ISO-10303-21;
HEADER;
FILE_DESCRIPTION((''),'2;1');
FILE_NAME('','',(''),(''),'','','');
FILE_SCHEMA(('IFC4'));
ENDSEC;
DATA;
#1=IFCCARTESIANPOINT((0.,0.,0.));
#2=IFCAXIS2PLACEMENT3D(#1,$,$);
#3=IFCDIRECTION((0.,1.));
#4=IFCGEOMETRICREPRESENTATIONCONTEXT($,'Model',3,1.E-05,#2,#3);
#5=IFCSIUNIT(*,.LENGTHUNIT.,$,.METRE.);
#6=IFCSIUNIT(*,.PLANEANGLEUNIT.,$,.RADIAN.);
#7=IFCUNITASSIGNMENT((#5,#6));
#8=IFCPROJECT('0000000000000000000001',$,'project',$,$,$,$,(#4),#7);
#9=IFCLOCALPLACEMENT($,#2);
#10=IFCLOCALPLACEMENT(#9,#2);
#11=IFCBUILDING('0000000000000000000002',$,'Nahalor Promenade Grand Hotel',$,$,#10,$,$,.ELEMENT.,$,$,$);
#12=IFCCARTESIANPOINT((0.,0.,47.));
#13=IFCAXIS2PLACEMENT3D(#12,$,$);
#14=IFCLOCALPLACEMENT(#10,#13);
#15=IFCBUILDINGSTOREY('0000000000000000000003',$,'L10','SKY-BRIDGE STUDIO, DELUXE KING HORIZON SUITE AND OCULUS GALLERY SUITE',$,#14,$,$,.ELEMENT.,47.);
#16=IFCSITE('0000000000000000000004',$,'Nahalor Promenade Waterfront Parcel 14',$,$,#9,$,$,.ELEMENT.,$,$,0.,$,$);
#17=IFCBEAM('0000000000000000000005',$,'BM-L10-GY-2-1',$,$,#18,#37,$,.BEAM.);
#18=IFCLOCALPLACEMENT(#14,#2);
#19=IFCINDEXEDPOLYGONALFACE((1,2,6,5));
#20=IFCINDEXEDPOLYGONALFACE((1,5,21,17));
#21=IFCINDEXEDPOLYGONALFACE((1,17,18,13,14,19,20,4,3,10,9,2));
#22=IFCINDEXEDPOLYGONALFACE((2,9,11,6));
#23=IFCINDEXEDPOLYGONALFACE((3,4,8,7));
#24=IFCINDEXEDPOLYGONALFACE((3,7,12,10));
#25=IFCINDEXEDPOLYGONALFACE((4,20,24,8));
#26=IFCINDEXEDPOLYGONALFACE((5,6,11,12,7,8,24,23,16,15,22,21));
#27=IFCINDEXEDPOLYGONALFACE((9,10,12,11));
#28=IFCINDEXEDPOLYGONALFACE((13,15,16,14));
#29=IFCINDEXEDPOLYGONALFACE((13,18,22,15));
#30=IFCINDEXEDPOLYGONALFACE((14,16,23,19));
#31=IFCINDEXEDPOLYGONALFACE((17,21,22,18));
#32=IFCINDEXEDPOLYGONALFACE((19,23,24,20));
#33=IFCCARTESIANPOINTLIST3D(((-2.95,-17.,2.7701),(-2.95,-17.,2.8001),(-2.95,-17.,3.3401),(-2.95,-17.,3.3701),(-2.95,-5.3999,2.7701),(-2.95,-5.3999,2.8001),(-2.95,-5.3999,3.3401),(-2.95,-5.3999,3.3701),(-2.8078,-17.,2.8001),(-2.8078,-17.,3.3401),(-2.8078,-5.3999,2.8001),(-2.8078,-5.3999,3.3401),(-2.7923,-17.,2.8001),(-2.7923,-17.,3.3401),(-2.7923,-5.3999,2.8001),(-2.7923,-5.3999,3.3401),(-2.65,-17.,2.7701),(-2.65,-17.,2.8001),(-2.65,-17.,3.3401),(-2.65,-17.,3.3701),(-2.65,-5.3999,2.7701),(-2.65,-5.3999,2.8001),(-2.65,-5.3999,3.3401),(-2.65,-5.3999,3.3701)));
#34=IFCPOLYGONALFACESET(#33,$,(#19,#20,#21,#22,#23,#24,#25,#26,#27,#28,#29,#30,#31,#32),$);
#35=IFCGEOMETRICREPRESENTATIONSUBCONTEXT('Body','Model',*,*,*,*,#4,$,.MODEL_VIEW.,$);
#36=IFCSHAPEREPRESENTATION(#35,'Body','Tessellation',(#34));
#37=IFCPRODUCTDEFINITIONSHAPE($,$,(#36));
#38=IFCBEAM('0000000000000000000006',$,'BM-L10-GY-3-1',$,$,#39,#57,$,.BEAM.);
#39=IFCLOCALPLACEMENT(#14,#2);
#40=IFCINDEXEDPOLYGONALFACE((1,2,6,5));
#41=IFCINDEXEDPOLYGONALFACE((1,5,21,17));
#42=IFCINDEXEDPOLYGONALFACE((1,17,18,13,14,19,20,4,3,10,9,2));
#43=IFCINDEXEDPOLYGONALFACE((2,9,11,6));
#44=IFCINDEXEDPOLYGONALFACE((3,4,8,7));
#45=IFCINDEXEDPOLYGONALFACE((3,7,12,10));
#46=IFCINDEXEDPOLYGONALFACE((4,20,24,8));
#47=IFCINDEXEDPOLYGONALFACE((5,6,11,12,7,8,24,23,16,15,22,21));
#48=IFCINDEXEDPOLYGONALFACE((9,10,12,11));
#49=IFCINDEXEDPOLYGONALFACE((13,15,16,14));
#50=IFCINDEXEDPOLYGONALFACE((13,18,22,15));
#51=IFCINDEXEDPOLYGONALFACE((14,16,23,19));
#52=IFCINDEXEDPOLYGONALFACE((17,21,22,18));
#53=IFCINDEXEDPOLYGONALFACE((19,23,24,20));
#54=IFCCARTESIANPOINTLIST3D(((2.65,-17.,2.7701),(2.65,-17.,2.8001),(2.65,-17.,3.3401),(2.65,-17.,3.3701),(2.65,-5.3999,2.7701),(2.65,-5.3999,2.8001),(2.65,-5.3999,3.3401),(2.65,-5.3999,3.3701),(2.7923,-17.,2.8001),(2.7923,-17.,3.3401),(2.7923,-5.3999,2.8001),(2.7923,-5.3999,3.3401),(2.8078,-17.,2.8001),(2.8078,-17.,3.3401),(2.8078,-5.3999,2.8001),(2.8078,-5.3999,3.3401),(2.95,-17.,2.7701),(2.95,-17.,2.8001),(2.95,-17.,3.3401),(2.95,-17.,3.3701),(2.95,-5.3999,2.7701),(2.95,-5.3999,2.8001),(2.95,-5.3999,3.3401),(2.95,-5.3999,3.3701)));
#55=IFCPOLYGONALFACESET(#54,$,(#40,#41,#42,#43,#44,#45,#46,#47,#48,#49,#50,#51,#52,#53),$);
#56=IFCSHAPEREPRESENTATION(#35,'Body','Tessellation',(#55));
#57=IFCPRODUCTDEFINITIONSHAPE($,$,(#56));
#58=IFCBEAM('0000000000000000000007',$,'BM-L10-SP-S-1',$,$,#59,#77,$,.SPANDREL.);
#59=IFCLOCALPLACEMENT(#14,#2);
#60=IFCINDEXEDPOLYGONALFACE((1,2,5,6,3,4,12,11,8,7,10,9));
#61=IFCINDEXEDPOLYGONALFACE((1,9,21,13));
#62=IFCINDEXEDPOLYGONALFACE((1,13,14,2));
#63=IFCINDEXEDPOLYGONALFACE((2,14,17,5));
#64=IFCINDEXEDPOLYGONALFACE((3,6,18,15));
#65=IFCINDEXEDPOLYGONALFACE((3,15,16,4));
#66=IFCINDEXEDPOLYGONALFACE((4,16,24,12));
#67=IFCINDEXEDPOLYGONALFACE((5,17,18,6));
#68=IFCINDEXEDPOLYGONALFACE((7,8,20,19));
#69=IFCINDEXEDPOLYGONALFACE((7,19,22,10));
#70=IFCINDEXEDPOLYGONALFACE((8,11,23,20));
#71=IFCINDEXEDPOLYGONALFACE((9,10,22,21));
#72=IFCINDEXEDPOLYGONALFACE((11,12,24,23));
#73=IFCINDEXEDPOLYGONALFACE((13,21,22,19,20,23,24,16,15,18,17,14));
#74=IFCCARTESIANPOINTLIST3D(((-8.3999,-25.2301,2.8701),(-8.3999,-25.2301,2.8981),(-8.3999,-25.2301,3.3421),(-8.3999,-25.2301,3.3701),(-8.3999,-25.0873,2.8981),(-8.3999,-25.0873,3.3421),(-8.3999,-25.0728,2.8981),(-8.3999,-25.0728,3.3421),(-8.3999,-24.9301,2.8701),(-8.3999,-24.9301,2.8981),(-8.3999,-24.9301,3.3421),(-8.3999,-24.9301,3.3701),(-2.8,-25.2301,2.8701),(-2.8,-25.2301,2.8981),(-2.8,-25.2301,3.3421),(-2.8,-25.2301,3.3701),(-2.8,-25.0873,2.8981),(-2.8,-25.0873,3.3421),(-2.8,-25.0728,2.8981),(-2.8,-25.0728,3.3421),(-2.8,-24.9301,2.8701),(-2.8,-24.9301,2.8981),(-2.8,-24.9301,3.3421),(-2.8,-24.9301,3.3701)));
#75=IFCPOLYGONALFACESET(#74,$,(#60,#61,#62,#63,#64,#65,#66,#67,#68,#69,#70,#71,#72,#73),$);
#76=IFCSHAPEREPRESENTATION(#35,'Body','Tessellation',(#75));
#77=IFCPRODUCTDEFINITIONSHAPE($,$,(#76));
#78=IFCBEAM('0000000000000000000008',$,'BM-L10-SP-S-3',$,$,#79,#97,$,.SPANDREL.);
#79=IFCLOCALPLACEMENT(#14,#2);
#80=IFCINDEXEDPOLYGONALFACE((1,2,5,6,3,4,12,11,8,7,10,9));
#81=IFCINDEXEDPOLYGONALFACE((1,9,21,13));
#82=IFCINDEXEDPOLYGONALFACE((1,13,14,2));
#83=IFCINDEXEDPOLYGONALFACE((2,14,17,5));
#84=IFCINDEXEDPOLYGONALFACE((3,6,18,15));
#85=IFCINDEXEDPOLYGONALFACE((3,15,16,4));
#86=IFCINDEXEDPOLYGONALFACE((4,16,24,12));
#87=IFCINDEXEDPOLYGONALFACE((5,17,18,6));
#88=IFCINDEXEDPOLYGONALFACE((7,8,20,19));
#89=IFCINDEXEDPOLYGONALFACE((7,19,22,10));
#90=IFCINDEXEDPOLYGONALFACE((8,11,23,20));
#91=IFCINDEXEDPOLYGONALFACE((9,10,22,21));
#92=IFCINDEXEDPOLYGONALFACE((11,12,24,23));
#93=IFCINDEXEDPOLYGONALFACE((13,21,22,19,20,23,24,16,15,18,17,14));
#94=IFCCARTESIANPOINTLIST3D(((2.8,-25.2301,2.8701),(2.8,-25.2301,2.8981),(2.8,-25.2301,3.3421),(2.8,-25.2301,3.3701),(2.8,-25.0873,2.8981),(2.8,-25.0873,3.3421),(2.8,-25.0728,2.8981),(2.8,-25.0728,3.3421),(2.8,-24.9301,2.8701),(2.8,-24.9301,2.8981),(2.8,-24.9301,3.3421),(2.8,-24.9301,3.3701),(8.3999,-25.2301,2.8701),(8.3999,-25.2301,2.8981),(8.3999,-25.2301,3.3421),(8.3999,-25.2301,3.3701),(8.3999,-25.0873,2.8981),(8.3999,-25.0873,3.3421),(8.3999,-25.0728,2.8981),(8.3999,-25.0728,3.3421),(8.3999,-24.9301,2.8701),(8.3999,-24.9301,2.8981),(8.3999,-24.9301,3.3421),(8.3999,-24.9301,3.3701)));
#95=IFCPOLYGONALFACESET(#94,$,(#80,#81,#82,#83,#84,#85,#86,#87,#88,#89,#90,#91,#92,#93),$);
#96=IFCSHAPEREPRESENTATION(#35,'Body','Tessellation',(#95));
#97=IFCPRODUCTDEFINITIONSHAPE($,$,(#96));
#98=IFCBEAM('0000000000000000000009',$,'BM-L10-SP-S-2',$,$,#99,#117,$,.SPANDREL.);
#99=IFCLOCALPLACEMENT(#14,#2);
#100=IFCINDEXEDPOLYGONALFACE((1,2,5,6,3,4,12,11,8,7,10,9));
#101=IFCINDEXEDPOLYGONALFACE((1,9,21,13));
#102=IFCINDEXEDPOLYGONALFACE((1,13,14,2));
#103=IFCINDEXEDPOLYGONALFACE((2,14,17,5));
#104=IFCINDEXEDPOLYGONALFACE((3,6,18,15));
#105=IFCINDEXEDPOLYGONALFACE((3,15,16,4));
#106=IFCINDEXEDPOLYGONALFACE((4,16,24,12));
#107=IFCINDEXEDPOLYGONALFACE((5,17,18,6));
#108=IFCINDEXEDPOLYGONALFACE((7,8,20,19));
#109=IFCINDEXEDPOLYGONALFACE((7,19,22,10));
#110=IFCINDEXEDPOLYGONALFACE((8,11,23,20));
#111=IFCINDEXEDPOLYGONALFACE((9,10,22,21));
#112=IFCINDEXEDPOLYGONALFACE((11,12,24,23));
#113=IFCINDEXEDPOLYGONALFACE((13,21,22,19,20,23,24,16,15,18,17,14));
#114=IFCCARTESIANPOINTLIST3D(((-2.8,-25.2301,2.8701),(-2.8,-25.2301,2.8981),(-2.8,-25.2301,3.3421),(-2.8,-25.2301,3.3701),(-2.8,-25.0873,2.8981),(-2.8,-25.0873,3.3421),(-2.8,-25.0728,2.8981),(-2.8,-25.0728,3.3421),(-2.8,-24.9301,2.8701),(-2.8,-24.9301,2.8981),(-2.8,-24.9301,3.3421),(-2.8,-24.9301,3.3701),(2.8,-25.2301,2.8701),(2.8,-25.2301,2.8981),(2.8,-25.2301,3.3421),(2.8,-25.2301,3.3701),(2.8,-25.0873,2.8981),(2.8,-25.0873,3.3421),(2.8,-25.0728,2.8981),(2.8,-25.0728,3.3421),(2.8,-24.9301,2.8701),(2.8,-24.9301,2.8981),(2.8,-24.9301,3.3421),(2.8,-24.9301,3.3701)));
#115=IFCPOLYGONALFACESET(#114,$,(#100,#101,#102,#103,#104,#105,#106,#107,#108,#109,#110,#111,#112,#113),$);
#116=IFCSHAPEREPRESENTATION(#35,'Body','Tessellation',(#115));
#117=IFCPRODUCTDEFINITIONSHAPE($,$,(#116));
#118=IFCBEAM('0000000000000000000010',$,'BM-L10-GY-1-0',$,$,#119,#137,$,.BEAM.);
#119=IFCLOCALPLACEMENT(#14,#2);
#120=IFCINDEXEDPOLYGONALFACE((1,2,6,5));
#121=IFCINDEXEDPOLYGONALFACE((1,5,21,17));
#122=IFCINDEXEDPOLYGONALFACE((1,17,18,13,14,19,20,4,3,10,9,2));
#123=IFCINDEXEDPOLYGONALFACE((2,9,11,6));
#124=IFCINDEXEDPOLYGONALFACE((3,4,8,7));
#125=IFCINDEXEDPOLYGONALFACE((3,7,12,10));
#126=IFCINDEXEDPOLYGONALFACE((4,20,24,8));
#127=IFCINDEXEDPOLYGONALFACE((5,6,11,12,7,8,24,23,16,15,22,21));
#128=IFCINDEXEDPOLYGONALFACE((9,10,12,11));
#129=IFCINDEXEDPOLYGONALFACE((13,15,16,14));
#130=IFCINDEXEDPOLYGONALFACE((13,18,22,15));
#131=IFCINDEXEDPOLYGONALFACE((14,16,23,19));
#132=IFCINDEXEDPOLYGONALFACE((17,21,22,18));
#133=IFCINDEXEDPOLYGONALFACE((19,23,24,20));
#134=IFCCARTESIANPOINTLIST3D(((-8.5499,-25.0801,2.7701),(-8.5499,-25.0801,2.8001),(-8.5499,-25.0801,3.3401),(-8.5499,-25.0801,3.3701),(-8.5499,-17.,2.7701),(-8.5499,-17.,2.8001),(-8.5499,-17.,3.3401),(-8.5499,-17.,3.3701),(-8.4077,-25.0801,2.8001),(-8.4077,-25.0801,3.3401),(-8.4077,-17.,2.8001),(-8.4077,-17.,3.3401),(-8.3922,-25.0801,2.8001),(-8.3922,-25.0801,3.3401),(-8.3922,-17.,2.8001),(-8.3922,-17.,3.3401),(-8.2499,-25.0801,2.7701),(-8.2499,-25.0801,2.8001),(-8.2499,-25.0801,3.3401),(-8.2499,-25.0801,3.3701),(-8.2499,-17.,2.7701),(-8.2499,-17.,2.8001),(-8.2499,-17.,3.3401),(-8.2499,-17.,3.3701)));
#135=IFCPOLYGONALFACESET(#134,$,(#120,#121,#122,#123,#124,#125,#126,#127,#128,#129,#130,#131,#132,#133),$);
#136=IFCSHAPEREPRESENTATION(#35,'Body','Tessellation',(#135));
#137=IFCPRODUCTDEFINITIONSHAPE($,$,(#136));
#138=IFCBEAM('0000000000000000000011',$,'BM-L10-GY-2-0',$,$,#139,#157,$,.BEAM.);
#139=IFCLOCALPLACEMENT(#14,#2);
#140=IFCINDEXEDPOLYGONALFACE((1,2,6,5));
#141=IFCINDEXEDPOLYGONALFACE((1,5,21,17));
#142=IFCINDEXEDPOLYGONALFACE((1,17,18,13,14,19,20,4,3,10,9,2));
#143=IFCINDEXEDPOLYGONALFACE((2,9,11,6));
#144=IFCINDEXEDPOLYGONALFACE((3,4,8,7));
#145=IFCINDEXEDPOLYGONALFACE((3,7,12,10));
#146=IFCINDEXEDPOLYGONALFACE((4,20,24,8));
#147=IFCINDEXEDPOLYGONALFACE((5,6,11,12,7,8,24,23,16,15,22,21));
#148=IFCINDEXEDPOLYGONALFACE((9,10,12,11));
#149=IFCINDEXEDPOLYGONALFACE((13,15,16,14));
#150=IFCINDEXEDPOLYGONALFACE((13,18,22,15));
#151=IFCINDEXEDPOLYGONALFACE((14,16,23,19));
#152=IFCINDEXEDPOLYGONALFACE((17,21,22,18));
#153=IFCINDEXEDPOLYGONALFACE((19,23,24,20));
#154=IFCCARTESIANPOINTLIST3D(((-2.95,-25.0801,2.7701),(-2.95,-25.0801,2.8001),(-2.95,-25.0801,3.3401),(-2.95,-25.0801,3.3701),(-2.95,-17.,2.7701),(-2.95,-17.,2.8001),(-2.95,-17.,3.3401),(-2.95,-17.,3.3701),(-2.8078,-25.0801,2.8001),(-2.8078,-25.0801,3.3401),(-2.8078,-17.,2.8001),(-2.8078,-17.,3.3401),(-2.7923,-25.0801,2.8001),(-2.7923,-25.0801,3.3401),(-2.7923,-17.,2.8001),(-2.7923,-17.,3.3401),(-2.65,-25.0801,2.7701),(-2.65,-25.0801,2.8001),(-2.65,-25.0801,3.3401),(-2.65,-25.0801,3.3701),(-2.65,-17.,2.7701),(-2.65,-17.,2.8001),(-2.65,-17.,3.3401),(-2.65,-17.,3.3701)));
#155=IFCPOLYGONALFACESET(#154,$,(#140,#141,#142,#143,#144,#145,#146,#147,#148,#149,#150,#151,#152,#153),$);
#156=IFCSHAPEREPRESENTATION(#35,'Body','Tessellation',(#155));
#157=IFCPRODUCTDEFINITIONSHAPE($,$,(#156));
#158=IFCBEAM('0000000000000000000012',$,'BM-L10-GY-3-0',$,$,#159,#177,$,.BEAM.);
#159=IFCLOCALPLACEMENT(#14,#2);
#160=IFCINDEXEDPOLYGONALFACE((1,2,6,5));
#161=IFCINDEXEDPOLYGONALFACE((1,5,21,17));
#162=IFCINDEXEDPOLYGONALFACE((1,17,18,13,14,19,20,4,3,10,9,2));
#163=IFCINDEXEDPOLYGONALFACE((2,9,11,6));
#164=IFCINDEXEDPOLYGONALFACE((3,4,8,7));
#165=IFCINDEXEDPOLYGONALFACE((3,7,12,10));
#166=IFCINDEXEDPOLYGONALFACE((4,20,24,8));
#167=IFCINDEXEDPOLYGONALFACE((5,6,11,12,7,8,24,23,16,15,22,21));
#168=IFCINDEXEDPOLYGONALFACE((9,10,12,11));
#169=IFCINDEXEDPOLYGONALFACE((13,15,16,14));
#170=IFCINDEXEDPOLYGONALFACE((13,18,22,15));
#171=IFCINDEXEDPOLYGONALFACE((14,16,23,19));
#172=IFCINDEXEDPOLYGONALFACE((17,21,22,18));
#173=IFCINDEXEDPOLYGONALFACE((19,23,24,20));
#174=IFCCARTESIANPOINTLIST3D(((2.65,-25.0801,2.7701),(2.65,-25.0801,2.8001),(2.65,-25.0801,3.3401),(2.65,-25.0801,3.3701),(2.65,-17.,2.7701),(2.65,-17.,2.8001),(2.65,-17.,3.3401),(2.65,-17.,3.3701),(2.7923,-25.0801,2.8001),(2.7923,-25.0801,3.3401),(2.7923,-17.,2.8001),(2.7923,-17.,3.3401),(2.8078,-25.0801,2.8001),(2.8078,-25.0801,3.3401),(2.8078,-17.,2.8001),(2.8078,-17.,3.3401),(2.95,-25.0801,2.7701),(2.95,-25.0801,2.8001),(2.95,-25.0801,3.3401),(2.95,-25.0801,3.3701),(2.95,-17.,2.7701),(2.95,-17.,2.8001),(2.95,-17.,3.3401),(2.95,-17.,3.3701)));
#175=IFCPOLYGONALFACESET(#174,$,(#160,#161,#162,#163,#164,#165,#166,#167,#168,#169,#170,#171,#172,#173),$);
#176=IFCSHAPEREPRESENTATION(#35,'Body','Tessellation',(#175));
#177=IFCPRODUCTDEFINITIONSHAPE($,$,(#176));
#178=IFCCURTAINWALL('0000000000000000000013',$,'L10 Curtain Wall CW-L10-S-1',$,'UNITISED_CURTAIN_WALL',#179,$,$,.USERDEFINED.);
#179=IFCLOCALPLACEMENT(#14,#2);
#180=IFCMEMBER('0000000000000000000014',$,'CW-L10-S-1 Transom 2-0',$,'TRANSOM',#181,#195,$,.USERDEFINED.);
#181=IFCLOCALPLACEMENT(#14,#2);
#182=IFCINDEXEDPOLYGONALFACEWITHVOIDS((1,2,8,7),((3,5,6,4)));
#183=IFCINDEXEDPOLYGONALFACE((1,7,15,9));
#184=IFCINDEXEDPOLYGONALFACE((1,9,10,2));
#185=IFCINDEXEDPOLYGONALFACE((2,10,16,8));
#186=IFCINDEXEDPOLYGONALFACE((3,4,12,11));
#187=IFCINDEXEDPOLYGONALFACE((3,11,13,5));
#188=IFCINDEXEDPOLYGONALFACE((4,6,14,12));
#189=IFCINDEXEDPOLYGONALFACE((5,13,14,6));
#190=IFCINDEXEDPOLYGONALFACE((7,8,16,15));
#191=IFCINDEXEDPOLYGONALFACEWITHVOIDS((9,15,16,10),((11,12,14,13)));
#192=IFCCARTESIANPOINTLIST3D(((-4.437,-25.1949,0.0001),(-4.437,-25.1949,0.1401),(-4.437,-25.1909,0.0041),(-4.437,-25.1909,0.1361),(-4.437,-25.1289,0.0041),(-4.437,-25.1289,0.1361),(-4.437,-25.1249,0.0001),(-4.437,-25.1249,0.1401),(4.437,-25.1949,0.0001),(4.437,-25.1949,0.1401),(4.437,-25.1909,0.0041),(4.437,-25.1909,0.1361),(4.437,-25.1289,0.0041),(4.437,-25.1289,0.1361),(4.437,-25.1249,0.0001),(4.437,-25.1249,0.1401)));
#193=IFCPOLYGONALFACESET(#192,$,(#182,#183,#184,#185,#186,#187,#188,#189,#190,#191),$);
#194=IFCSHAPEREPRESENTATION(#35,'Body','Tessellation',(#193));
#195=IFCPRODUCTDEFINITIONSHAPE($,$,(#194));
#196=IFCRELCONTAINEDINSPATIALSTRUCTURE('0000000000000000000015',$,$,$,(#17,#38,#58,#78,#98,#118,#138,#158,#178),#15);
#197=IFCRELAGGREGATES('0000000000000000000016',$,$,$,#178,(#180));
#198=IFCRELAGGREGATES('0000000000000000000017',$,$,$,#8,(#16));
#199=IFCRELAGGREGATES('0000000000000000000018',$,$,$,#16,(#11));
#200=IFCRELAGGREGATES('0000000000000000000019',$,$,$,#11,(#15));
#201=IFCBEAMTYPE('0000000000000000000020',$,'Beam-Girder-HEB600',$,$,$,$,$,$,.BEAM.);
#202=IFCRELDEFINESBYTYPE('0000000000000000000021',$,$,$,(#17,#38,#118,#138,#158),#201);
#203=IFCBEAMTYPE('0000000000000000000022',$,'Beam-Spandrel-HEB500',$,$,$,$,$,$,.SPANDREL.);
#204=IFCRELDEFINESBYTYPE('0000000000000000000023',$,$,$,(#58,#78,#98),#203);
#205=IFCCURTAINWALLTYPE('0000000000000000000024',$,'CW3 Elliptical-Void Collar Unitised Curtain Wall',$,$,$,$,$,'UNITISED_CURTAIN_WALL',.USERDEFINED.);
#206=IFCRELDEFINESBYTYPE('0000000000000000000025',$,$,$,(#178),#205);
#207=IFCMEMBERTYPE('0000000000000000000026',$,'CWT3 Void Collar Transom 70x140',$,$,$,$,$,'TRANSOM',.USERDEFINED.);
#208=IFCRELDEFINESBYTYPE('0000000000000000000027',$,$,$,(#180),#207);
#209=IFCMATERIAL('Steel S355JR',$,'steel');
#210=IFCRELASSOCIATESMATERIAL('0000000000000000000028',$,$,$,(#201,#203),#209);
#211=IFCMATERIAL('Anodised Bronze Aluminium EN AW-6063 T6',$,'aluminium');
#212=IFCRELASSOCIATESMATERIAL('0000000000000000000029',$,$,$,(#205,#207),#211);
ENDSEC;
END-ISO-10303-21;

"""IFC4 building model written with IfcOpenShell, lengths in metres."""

from ifc_helpers import new_model, si_unit, direction, frame, origin, origin_2d, place, context, subcontext, project, spatial, hollow_rectangle, i_section, extrude, source, transform, mapped, material, material_profile, profile_set, type_object, element, aggregate, save


model = new_model("IFC4")

# Units and contexts
model_context = context("Model", 3, precision=1e-05, world=origin(), true_north=direction((0.0, 1.0)))
body_context = subcontext(model_context, "Body", "Model", "MODEL_VIEW")
ifc_project = project(units=[si_unit("LENGTHUNIT", "METRE"), si_unit("PLANEANGLEUNIT", "RADIAN")], contexts=[model_context])

# Site, building, storey
site_placement = place(None, origin())
site = spatial("IfcSite", under=ifc_project, at=site_placement, Name="Nahalor Promenade Waterfront Parcel 14", CompositionType="ELEMENT", RefElevation=0.0)
building_placement = place(site_placement, origin())
building = spatial("IfcBuilding", under=site, at=building_placement, Name="Nahalor Promenade Grand Hotel", CompositionType="ELEMENT")
storey_placement = place(building_placement, frame((0.0, 0.0, 47.0)))
storey = spatial("IfcBuildingStorey", under=building, at=storey_placement, Name="L10", Description="SKY-BRIDGE STUDIO, DELUXE KING HORIZON SUITE AND OCULUS GALLERY SUITE", CompositionType="ELEMENT", Elevation=47.0)

# Beams
ifc_material_1 = material(Name="Steel S355JR", Category="steel")
ifc_material_profile_1 = material_profile(ifc_material_1, i_section(OverallWidth=0.3, OverallDepth=0.6, WebThickness=0.0155, FlangeThickness=0.03, at=origin_2d()), Name="HEB 600")
ifc_profile_set_1 = profile_set([ifc_material_profile_1], Name="Steel S355JR")
beam_type_1 = type_object("IfcBeamType", Name="Beam-Girder-HEB600", PredefinedType="BEAM", material=ifc_profile_set_1)
shared_shape_1 = source(origin(), body_context, "Body", "SweptSolid", [
    extrude(i_section(OverallWidth=0.3, OverallDepth=0.6, WebThickness=0.0155, FlangeThickness=0.03, at=origin_2d()), origin(), (0.0, 0.0, 1.0), 11.6001),
])
for number, where, z_axis, x_axis, name in (
    (1, (-2.8, -17.0, 3.0701), (0.0, 1.0, 0.0), (-1.0, 0.0, 0.0), "BM-L10-GY-2-1"),
    (2, (2.8, -17.0, 3.0701), (0.0, 1.0, 0.0), (-1.0, 0.0, 0.0), "BM-L10-GY-3-1"),
):
    element("IfcBeam", number, at=place(storey_placement, frame(where, z_axis=z_axis, x_axis=x_axis)), inside=storey, type_object=beam_type_1, Name=name, PredefinedType="BEAM", context=body_context, shape_type="MappedRepresentation", body=[
        mapped(shared_shape_1, transform((0.0, 0.0, 0.0), scale=1.0)),
    ])
ifc_material_profile_2 = material_profile(ifc_material_1, i_section(OverallWidth=0.3, OverallDepth=0.5, WebThickness=0.0145, FlangeThickness=0.028, at=origin_2d()), Name="HEB 500")
ifc_profile_set_2 = profile_set([ifc_material_profile_2], Name="Steel S355JR")
beam_type_2 = type_object("IfcBeamType", Name="Beam-Spandrel-HEB500", PredefinedType="SPANDREL", material=ifc_profile_set_2)
shared_shape_2 = source(origin(), body_context, "Body", "SweptSolid", [
    extrude(i_section(OverallWidth=0.3, OverallDepth=0.5, WebThickness=0.0145, FlangeThickness=0.028, at=origin_2d()), origin(), (0.0, 0.0, 1.0), 5.5999),
])
for number, where, z_axis, x_axis, name in (
    (3, (-8.3999, -25.0801, 3.1201), (1.0, 0.0, 0.0), (0.0, 1.0, 0.0), "BM-L10-SP-S-1"),
    (4, (2.8, -25.0801, 3.1201), (1.0, 0.0, 0.0), (0.0, 1.0, 0.0), "BM-L10-SP-S-3"),
):
    element("IfcBeam", number, at=place(storey_placement, frame(where, z_axis=z_axis, x_axis=x_axis)), inside=storey, type_object=beam_type_2, Name=name, PredefinedType="SPANDREL", context=body_context, shape_type="MappedRepresentation", body=[
        mapped(shared_shape_2, transform((0.0, 0.0, 0.0), scale=1.0)),
    ])
shared_shape_3 = source(origin(), body_context, "Body", "SweptSolid", [
    extrude(i_section(OverallWidth=0.3, OverallDepth=0.5, WebThickness=0.0145, FlangeThickness=0.028, at=origin_2d()), origin(), (0.0, 0.0, 1.0), 5.6001),
])
beam_1_placement = place(storey_placement, frame((-2.8, -25.0801, 3.1201), z_axis=(1.0, 0.0, 0.0), x_axis=(0.0, 1.0, 0.0)))
element("IfcBeam", 5, at=beam_1_placement, inside=storey, type_object=beam_type_2, Name="BM-L10-SP-S-2", PredefinedType="SPANDREL", context=body_context, shape_type="MappedRepresentation", body=[
    mapped(shared_shape_3, transform((0.0, 0.0, 0.0), scale=1.0)),
])
shared_shape_4 = source(origin(), body_context, "Body", "SweptSolid", [
    extrude(i_section(OverallWidth=0.3, OverallDepth=0.6, WebThickness=0.0155, FlangeThickness=0.03, at=origin_2d()), origin(), (0.0, 0.0, 1.0), 8.0801),
])
for number, where, z_axis, x_axis, name in (
    (6, (-8.3999, -25.0801, 3.0701), (0.0, 1.0, 0.0), (-1.0, 0.0, 0.0), "BM-L10-GY-1-0"),
    (7, (-2.8, -25.0801, 3.0701), (0.0, 1.0, 0.0), (-1.0, 0.0, 0.0), "BM-L10-GY-2-0"),
    (8, (2.8, -25.0801, 3.0701), (0.0, 1.0, 0.0), (-1.0, 0.0, 0.0), "BM-L10-GY-3-0"),
):
    element("IfcBeam", number, at=place(storey_placement, frame(where, z_axis=z_axis, x_axis=x_axis)), inside=storey, type_object=beam_type_1, Name=name, PredefinedType="BEAM", context=body_context, shape_type="MappedRepresentation", body=[
        mapped(shared_shape_4, transform((0.0, 0.0, 0.0), scale=1.0)),
    ])

# Curtain wall, member
ifc_material_2 = material(Name="Anodised Bronze Aluminium EN AW-6063 T6", Category="aluminium")
curtain_wall_type = type_object("IfcCurtainWallType", Name="CW3 Elliptical-Void Collar Unitised Curtain Wall", ElementType="UNITISED_CURTAIN_WALL", PredefinedType="USERDEFINED", material=ifc_material_2)
curtain_wall_placement = place(storey_placement, origin())
curtain_wall = element("IfcCurtainWall", 9, at=curtain_wall_placement, inside=storey, type_object=curtain_wall_type, Name="L10 Curtain Wall CW-L10-S-1", ObjectType="UNITISED_CURTAIN_WALL", PredefinedType="USERDEFINED")
ifc_material_profile_3 = material_profile(ifc_material_2, hollow_rectangle(XDim=0.07, YDim=0.14, WallThickness=0.004, at=origin_2d()), Name="CWT 70x140x4")
ifc_profile_set_3 = profile_set([ifc_material_profile_3], Name="Anodised Bronze Aluminium EN AW-6063 T6")
member_type_1 = type_object("IfcMemberType", Name="CWT3 Void Collar Transom 70x140", ElementType="TRANSOM", PredefinedType="USERDEFINED", material=ifc_profile_set_3)
shared_shape_5 = source(origin(), body_context, "Body", "SweptSolid", [
    extrude(hollow_rectangle(XDim=0.07, YDim=0.14, WallThickness=0.004, at=origin_2d()), origin(), (0.0, 0.0, 1.0), 8.874),
])
member_1_placement = place(storey_placement, frame((-4.437, -25.1599, 0.0701), z_axis=(1.0, 0.0, 0.0), x_axis=(0.0, 1.0, 0.0)))
member_1 = element("IfcMember", 10, at=member_1_placement, type_object=member_type_1, Name="CW-L10-S-1 Transom 2-0", ObjectType="TRANSOM", PredefinedType="USERDEFINED", context=body_context, shape_type="MappedRepresentation", body=[
    mapped(shared_shape_5, transform((0.0, 0.0, 0.0), scale=1.0)),
])
aggregate(curtain_wall, [member_1])

save(model, "model.ifc")
